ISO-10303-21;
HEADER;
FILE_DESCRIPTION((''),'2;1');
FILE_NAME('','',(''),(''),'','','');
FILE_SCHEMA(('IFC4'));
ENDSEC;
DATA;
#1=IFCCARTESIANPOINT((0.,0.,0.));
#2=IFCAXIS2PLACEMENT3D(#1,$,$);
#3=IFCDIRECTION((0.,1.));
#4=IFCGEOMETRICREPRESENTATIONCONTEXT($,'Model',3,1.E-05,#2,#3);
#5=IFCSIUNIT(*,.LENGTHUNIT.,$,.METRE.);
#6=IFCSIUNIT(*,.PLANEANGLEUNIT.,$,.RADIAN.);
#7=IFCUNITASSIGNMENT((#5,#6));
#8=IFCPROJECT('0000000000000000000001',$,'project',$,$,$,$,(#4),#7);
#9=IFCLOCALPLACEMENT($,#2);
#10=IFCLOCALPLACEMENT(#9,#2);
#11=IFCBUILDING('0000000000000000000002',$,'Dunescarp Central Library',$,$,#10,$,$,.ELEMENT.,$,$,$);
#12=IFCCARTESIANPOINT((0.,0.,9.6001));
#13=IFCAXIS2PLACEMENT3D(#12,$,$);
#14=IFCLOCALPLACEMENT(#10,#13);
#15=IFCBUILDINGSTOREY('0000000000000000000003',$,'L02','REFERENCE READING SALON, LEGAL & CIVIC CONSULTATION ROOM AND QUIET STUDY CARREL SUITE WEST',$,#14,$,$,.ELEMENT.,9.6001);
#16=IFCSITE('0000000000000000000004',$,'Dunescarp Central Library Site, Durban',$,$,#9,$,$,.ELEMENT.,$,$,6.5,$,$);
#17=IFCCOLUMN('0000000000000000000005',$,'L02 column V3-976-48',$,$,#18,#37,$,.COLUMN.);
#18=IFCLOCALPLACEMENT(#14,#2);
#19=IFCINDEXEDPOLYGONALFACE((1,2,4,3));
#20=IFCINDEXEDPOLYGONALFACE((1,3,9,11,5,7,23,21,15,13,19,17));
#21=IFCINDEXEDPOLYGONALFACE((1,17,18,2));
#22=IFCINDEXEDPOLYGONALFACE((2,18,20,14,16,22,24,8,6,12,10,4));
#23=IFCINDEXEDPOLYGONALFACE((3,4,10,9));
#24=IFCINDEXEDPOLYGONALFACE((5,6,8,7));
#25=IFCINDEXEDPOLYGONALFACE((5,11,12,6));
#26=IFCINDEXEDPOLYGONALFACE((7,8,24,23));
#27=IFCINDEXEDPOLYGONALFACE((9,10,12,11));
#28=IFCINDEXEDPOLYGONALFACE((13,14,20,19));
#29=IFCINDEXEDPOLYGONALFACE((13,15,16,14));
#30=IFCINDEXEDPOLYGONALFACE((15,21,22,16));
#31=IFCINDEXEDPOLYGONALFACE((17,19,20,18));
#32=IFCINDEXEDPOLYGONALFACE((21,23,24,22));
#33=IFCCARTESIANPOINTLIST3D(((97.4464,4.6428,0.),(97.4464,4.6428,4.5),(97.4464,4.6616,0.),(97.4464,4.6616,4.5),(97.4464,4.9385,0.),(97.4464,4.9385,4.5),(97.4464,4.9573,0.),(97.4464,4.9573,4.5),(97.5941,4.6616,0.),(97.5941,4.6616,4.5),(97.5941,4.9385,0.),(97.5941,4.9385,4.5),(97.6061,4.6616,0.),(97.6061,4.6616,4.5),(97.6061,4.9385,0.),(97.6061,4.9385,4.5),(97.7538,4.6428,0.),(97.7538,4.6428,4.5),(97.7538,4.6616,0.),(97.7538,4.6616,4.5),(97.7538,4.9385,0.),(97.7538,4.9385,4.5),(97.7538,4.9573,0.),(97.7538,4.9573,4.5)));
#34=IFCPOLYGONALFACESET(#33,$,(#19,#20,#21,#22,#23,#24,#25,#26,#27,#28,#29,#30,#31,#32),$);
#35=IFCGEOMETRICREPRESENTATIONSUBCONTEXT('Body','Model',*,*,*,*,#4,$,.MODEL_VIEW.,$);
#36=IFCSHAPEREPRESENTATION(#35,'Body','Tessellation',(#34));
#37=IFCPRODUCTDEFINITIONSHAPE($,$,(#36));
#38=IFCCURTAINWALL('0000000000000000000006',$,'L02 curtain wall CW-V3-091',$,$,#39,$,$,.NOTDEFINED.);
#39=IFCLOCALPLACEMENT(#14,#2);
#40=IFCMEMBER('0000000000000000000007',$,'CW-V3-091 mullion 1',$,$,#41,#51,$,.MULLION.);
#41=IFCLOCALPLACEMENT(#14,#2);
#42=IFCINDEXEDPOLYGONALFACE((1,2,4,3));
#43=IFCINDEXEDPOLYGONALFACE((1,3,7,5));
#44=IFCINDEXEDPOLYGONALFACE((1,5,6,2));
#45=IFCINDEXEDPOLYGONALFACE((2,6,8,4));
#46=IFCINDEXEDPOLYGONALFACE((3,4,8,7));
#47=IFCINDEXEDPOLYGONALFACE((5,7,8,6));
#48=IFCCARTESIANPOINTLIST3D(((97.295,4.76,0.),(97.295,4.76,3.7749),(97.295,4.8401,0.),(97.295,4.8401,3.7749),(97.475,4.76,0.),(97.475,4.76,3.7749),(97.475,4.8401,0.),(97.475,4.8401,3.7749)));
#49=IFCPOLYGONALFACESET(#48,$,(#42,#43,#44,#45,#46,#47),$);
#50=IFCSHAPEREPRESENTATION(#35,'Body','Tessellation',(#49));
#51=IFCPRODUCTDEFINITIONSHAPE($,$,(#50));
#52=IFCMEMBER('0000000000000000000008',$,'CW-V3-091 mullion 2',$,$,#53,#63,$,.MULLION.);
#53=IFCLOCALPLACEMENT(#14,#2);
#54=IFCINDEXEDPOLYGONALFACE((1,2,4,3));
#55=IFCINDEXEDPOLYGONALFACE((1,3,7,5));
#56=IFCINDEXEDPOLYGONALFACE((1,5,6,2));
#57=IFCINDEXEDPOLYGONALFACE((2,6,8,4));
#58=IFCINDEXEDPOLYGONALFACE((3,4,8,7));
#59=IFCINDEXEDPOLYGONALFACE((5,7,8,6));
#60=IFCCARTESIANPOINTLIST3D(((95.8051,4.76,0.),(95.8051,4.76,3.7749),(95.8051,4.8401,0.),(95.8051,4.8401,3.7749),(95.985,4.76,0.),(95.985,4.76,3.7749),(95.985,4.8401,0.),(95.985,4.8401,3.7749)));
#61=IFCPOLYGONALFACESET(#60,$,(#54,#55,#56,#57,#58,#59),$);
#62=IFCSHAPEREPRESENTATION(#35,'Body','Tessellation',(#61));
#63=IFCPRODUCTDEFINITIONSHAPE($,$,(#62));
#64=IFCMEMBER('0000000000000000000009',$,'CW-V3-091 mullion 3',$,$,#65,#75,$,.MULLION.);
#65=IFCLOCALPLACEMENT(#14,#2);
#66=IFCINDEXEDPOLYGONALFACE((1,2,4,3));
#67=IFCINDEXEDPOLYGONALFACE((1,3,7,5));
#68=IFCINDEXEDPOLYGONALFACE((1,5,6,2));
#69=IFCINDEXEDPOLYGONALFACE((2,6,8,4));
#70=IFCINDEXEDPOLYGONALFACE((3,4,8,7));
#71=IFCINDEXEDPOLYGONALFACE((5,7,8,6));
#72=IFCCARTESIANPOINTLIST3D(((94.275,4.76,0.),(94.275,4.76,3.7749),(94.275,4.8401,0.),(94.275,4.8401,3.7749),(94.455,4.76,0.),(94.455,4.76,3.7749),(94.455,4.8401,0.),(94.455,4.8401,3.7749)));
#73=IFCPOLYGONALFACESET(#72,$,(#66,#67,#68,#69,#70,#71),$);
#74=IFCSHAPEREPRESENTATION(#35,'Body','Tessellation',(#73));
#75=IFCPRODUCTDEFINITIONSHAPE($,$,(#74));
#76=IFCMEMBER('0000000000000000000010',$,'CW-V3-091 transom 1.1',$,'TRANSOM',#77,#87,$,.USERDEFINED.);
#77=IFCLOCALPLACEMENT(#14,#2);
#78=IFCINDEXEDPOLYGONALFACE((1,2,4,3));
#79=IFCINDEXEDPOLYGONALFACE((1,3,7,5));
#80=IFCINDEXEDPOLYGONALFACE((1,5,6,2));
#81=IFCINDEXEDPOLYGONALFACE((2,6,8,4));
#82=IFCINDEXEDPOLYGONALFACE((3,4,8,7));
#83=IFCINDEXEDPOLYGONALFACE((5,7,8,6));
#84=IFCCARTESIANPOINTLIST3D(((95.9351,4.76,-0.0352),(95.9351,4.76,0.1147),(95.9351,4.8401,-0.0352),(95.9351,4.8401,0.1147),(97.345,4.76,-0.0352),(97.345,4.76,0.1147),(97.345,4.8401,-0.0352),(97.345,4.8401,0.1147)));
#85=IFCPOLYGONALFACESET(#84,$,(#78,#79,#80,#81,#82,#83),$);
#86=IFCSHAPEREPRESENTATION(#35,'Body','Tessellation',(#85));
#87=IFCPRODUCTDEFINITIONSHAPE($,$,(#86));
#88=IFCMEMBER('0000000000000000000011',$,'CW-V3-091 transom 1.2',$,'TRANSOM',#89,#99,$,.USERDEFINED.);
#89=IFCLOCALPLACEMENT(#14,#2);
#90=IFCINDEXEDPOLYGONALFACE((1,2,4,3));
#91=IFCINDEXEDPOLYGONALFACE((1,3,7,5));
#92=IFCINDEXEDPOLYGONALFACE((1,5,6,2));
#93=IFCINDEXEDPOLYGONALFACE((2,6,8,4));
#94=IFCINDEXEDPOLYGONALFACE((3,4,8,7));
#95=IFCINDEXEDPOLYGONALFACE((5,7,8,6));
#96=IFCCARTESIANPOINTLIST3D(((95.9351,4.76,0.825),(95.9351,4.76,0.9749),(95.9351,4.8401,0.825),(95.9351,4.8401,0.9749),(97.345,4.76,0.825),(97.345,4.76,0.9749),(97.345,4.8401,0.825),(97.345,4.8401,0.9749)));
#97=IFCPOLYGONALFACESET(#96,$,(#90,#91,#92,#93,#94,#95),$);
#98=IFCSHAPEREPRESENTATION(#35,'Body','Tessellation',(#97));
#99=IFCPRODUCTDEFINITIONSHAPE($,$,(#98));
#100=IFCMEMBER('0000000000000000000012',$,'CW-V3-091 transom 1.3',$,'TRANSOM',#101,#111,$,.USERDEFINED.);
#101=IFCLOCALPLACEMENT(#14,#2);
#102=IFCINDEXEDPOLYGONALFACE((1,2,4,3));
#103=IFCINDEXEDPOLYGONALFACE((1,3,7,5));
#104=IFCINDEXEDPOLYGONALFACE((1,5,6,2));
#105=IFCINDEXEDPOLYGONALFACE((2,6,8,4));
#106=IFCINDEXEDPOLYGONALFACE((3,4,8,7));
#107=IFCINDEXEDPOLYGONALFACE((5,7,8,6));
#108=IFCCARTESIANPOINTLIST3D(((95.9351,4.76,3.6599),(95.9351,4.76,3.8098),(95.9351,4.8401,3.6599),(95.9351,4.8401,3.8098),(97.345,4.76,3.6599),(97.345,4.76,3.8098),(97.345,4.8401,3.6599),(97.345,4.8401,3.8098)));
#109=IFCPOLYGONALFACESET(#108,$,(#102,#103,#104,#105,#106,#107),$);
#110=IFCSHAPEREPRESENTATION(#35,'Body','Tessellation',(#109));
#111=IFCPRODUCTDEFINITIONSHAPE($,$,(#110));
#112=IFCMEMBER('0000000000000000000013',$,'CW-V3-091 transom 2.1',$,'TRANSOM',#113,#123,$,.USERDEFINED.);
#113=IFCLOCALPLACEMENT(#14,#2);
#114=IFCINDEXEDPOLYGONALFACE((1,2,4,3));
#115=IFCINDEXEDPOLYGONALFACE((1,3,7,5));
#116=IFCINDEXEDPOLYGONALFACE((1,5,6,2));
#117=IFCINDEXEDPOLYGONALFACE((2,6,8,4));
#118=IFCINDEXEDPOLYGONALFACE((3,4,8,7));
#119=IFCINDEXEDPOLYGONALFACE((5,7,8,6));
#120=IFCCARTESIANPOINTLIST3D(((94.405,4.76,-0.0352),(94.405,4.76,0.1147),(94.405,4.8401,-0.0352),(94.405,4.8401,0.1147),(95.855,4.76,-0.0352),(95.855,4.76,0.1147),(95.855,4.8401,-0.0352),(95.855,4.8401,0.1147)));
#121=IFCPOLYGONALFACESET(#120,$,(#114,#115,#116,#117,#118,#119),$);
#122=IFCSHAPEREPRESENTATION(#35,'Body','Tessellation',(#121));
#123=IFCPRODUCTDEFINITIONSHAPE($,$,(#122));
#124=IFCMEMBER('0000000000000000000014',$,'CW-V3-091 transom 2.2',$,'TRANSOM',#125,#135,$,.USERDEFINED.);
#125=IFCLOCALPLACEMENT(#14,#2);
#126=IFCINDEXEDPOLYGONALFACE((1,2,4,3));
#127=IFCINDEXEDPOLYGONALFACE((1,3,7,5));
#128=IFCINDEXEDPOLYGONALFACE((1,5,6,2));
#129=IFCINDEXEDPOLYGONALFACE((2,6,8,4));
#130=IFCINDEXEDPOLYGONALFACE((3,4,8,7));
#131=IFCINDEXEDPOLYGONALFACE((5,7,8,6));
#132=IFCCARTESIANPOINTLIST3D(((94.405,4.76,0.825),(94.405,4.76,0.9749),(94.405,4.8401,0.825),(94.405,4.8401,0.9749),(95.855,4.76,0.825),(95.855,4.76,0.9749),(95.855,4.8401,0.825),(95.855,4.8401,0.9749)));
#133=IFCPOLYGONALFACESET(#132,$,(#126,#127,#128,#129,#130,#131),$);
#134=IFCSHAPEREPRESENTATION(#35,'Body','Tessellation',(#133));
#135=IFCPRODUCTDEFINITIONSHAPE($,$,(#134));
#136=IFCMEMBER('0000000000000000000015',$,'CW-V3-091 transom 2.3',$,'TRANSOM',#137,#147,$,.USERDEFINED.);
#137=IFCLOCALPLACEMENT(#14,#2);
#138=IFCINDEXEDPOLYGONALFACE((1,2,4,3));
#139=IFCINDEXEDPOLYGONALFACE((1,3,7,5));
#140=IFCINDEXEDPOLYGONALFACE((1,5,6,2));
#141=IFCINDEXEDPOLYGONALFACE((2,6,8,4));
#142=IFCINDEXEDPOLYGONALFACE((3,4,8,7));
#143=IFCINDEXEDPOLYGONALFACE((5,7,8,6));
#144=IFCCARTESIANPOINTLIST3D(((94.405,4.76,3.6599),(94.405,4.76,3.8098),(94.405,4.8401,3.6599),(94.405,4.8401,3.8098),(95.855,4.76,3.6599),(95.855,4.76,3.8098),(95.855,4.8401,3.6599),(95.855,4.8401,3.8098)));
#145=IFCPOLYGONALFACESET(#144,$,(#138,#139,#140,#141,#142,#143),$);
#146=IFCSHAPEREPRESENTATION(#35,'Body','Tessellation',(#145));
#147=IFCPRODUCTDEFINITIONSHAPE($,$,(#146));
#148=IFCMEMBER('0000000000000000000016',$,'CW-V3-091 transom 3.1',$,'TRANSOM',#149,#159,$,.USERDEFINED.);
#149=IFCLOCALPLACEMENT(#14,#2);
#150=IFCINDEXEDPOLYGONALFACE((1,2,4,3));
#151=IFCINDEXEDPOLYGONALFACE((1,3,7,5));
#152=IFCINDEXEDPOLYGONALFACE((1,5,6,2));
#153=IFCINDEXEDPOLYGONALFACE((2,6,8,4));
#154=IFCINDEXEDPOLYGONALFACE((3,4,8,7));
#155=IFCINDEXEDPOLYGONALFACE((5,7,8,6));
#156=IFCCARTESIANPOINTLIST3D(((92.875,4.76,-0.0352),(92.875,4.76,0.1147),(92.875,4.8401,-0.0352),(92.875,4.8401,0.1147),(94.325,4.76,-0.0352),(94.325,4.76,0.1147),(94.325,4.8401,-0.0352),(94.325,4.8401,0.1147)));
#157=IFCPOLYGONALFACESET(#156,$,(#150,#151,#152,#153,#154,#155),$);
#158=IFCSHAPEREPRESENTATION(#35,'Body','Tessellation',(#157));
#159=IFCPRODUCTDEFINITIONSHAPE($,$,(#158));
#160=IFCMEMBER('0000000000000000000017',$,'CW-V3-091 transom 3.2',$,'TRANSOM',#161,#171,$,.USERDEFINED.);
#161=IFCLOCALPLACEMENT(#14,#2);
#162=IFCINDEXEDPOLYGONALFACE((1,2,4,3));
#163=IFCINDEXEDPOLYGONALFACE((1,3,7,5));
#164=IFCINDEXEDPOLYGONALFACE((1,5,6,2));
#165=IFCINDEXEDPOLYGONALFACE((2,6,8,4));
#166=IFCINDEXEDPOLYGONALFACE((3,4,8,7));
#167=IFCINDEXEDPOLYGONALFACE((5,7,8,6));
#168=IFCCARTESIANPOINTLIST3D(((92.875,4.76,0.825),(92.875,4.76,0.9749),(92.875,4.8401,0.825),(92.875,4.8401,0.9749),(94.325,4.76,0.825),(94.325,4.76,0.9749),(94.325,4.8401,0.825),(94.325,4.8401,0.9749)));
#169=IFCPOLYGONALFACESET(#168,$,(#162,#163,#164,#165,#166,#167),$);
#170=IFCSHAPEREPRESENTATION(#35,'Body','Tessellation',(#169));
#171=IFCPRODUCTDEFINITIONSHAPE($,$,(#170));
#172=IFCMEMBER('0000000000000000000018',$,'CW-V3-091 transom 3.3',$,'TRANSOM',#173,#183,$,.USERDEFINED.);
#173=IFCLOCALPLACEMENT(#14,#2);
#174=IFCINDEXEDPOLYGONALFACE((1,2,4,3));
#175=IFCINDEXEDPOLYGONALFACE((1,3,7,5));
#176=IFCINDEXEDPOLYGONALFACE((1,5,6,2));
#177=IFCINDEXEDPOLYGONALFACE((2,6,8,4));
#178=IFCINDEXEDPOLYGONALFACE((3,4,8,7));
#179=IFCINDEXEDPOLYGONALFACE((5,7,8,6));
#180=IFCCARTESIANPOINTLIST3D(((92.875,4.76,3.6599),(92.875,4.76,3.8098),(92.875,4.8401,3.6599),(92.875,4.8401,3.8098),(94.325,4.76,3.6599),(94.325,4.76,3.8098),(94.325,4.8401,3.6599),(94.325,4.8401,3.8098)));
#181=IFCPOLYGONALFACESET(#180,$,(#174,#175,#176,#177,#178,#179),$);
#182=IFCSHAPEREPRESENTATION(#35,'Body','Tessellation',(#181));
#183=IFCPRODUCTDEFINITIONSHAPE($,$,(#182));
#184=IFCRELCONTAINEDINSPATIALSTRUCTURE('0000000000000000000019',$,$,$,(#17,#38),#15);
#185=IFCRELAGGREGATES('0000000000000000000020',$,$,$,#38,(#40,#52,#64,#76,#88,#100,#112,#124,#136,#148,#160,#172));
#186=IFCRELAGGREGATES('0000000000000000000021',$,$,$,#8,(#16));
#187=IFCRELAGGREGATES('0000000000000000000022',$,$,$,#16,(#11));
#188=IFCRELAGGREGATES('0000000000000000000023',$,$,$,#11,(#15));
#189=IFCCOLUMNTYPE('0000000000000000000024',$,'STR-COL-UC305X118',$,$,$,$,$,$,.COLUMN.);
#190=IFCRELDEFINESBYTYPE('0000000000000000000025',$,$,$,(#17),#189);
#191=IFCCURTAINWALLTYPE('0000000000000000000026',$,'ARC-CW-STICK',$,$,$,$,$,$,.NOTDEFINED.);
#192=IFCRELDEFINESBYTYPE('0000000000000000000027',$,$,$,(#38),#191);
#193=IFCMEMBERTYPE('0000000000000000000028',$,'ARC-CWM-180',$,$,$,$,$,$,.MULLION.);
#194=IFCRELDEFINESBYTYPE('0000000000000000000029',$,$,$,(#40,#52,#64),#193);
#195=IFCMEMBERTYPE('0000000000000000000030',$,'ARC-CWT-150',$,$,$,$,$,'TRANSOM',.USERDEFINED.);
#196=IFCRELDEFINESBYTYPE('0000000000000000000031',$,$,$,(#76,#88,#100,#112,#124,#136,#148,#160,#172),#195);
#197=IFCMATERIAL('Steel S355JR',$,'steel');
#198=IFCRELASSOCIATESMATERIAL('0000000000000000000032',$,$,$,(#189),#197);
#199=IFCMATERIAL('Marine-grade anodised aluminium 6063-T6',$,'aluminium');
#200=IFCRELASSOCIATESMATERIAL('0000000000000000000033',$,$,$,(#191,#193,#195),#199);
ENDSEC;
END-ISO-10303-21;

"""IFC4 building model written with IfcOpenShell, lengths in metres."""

from ifc_helpers import new_model, si_unit, direction, frame, origin, origin_2d, place, context, subcontext, project, spatial, rectangle, i_section, extrude, material, material_profile, profile_set, type_object, element, aggregate, save


model = new_model("IFC4")

# Units and contexts
model_context = context("Model", 3, precision=1e-05, world=origin(), true_north=direction((0.0, 1.0)))
body_context = subcontext(model_context, "Body", "Model", "MODEL_VIEW")
ifc_project = project(units=[si_unit("LENGTHUNIT", "METRE"), si_unit("PLANEANGLEUNIT", "RADIAN")], contexts=[model_context])

# Site, building, storey
site_placement = place(None, origin())
site = spatial("IfcSite", under=ifc_project, at=site_placement, Name="Dunescarp Central Library Site, Durban", CompositionType="ELEMENT", RefElevation=6.5)
building_placement = place(site_placement, origin())
building = spatial("IfcBuilding", under=site, at=building_placement, Name="Dunescarp Central Library", CompositionType="ELEMENT")
storey_placement = place(building_placement, frame((0.0, 0.0, 9.6001)))
storey = spatial("IfcBuildingStorey", under=building, at=storey_placement, Name="L02", Description="REFERENCE READING SALON, LEGAL & CIVIC CONSULTATION ROOM AND QUIET STUDY CARREL SUITE WEST", CompositionType="ELEMENT", Elevation=9.6001)

# Column
ifc_material_1 = material(Name="Steel S355JR", Category="steel")
ifc_material_profile_1 = material_profile(ifc_material_1, i_section(OverallWidth=0.3074, OverallDepth=0.3145, WebThickness=0.012, FlangeThickness=0.0188, at=origin_2d()), Name="UC 305x305x118")
ifc_profile_set_1 = profile_set([ifc_material_profile_1], Name="Steel S355JR")
column_type = type_object("IfcColumnType", Name="STR-COL-UC305X118", PredefinedType="COLUMN", material=ifc_profile_set_1)
column_placement = place(storey_placement, frame((97.6001, 4.8, 0.0), z_axis=(0.0, 0.0, 1.0), x_axis=(1.0, 0.0, 0.0)))
element("IfcColumn", 1, at=column_placement, inside=storey, type_object=column_type, Name="L02 column V3-976-48", PredefinedType="COLUMN", context=body_context, shape_type="SweptSolid", body=[
    extrude(i_section(OverallWidth=0.3074, OverallDepth=0.3145, WebThickness=0.012, FlangeThickness=0.0188, at=origin_2d()), origin(), (0.0, 0.0, 1.0), 4.5),
])

# Curtain wall, members
ifc_material_2 = material(Name="Marine-grade anodised aluminium 6063-T6", Category="aluminium")
curtain_wall_type = type_object("IfcCurtainWallType", Name="ARC-CW-STICK", PredefinedType="NOTDEFINED", material=ifc_material_2)
curtain_wall_placement = place(storey_placement, origin())
curtain_wall = element("IfcCurtainWall", 2, at=curtain_wall_placement, inside=storey, type_object=curtain_wall_type, Name="L02 curtain wall CW-V3-091", PredefinedType="NOTDEFINED")
ifc_material_profile_2 = material_profile(ifc_material_2, rectangle(XDim=0.0801, YDim=0.1799, at=origin_2d()), Name="AL 80x180")
ifc_profile_set_2 = profile_set([ifc_material_profile_2], Name="Marine-grade anodised aluminium 6063-T6")
member_type_1 = type_object("IfcMemberType", Name="ARC-CWM-180", PredefinedType="MULLION", material=ifc_profile_set_2)
member_1_placement = place(storey_placement, frame((97.385, 4.8, 0.0), z_axis=(0.0, 0.0, 1.0), x_axis=(0.0, -1.0, 0.0)))
member_1 = element("IfcMember", 3, at=member_1_placement, type_object=member_type_1, Name="CW-V3-091 mullion 1", PredefinedType="MULLION", context=body_context, shape_type="SweptSolid", body=[
    extrude(rectangle(XDim=0.0801, YDim=0.1799, at=origin_2d()), origin(), (0.0, 0.0, 1.0), 3.7749),
])
member_2_placement = place(storey_placement, frame((95.895, 4.8, 0.0), z_axis=(0.0, 0.0, 1.0), x_axis=(0.0, -1.0, 0.0)))
member_2 = element("IfcMember", 4, at=member_2_placement, type_object=member_type_1, Name="CW-V3-091 mullion 2", PredefinedType="MULLION", context=body_context, shape_type="SweptSolid", body=[
    extrude(rectangle(XDim=0.0801, YDim=0.1799, at=origin_2d()), origin(), (0.0, 0.0, 1.0), 3.7749),
])
member_3_placement = place(storey_placement, frame((94.365, 4.8, 0.0), z_axis=(0.0, 0.0, 1.0), x_axis=(0.0, -1.0, 0.0)))
member_3 = element("IfcMember", 5, at=member_3_placement, type_object=member_type_1, Name="CW-V3-091 mullion 3", PredefinedType="MULLION", context=body_context, shape_type="SweptSolid", body=[
    extrude(rectangle(XDim=0.0801, YDim=0.1799, at=origin_2d()), origin(), (0.0, 0.0, 1.0), 3.7749),
])
ifc_material_profile_3 = material_profile(ifc_material_2, rectangle(XDim=0.0801, YDim=0.1499, at=origin_2d()), Name="AL 80x150")
ifc_profile_set_3 = profile_set([ifc_material_profile_3], Name="Marine-grade anodised aluminium 6063-T6")
member_type_2 = type_object("IfcMemberType", Name="ARC-CWT-150", ElementType="TRANSOM", PredefinedType="USERDEFINED", material=ifc_profile_set_3)
member_4_placement = place(storey_placement, frame((97.345, 4.8, 0.0398), z_axis=(-1.0, 0.0, 0.0), x_axis=(0.0, -1.0, 0.0)))
member_4 = element("IfcMember", 6, at=member_4_placement, type_object=member_type_2, Name="CW-V3-091 transom 1.1", ObjectType="TRANSOM", PredefinedType="USERDEFINED", context=body_context, shape_type="SweptSolid", body=[
    extrude(rectangle(XDim=0.0801, YDim=0.1499, at=origin_2d()), origin(), (0.0, 0.0, 1.0), 1.4099),
])
member_5_placement = place(storey_placement, frame((97.345, 4.8, 0.8999), z_axis=(-1.0, 0.0, 0.0), x_axis=(0.0, -1.0, 0.0)))
member_5 = element("IfcMember", 7, at=member_5_placement, type_object=member_type_2, Name="CW-V3-091 transom 1.2", ObjectType="TRANSOM", PredefinedType="USERDEFINED", context=body_context, shape_type="SweptSolid", body=[
    extrude(rectangle(XDim=0.0801, YDim=0.1499, at=origin_2d()), origin(), (0.0, 0.0, 1.0), 1.4099),
])
member_6_placement = place(storey_placement, frame((97.345, 4.8, 3.7349), z_axis=(-1.0, 0.0, 0.0), x_axis=(0.0, -1.0, 0.0)))
member_6 = element("IfcMember", 8, at=member_6_placement, type_object=member_type_2, Name="CW-V3-091 transom 1.3", ObjectType="TRANSOM", PredefinedType="USERDEFINED", context=body_context, shape_type="SweptSolid", body=[
    extrude(rectangle(XDim=0.0801, YDim=0.1499, at=origin_2d()), origin(), (0.0, 0.0, 1.0), 1.4099),
])
member_7_placement = place(storey_placement, frame((95.855, 4.8, 0.0398), z_axis=(-1.0, 0.0, 0.0), x_axis=(0.0, -1.0, 0.0)))
member_7 = element("IfcMember", 9, at=member_7_placement, type_object=member_type_2, Name="CW-V3-091 transom 2.1", ObjectType="TRANSOM", PredefinedType="USERDEFINED", context=body_context, shape_type="SweptSolid", body=[
    extrude(rectangle(XDim=0.0801, YDim=0.1499, at=origin_2d()), origin(), (0.0, 0.0, 1.0), 1.45),
])
member_8_placement = place(storey_placement, frame((95.855, 4.8, 0.8999), z_axis=(-1.0, 0.0, 0.0), x_axis=(0.0, -1.0, 0.0)))
member_8 = element("IfcMember", 10, at=member_8_placement, type_object=member_type_2, Name="CW-V3-091 transom 2.2", ObjectType="TRANSOM", PredefinedType="USERDEFINED", context=body_context, shape_type="SweptSolid", body=[
    extrude(rectangle(XDim=0.0801, YDim=0.1499, at=origin_2d()), origin(), (0.0, 0.0, 1.0), 1.45),
])
member_9_placement = place(storey_placement, frame((95.855, 4.8, 3.7349), z_axis=(-1.0, 0.0, 0.0), x_axis=(0.0, -1.0, 0.0)))
member_9 = element("IfcMember", 11, at=member_9_placement, type_object=member_type_2, Name="CW-V3-091 transom 2.3", ObjectType="TRANSOM", PredefinedType="USERDEFINED", context=body_context, shape_type="SweptSolid", body=[
    extrude(rectangle(XDim=0.0801, YDim=0.1499, at=origin_2d()), origin(), (0.0, 0.0, 1.0), 1.45),
])
member_10_placement = place(storey_placement, frame((94.325, 4.8, 0.0398), z_axis=(-1.0, 0.0, 0.0), x_axis=(0.0, -1.0, 0.0)))
member_10 = element("IfcMember", 12, at=member_10_placement, type_object=member_type_2, Name="CW-V3-091 transom 3.1", ObjectType="TRANSOM", PredefinedType="USERDEFINED", context=body_context, shape_type="SweptSolid", body=[
    extrude(rectangle(XDim=0.0801, YDim=0.1499, at=origin_2d()), origin(), (0.0, 0.0, 1.0), 1.45),
])
member_11_placement = place(storey_placement, frame((94.325, 4.8, 0.8999), z_axis=(-1.0, 0.0, 0.0), x_axis=(0.0, -1.0, 0.0)))
member_11 = element("IfcMember", 13, at=member_11_placement, type_object=member_type_2, Name="CW-V3-091 transom 3.2", ObjectType="TRANSOM", PredefinedType="USERDEFINED", context=body_context, shape_type="SweptSolid", body=[
    extrude(rectangle(XDim=0.0801, YDim=0.1499, at=origin_2d()), origin(), (0.0, 0.0, 1.0), 1.45),
])
member_12_placement = place(storey_placement, frame((94.325, 4.8, 3.7349), z_axis=(-1.0, 0.0, 0.0), x_axis=(0.0, -1.0, 0.0)))
member_12 = element("IfcMember", 14, at=member_12_placement, type_object=member_type_2, Name="CW-V3-091 transom 3.3", ObjectType="TRANSOM", PredefinedType="USERDEFINED", context=body_context, shape_type="SweptSolid", body=[
    extrude(rectangle(XDim=0.0801, YDim=0.1499, at=origin_2d()), origin(), (0.0, 0.0, 1.0), 1.45),
])
aggregate(curtain_wall, [member_1, member_2, member_3, member_4, member_5, member_6, member_7, member_8, member_9, member_10, member_11, member_12])

save(model, "model.ifc")
